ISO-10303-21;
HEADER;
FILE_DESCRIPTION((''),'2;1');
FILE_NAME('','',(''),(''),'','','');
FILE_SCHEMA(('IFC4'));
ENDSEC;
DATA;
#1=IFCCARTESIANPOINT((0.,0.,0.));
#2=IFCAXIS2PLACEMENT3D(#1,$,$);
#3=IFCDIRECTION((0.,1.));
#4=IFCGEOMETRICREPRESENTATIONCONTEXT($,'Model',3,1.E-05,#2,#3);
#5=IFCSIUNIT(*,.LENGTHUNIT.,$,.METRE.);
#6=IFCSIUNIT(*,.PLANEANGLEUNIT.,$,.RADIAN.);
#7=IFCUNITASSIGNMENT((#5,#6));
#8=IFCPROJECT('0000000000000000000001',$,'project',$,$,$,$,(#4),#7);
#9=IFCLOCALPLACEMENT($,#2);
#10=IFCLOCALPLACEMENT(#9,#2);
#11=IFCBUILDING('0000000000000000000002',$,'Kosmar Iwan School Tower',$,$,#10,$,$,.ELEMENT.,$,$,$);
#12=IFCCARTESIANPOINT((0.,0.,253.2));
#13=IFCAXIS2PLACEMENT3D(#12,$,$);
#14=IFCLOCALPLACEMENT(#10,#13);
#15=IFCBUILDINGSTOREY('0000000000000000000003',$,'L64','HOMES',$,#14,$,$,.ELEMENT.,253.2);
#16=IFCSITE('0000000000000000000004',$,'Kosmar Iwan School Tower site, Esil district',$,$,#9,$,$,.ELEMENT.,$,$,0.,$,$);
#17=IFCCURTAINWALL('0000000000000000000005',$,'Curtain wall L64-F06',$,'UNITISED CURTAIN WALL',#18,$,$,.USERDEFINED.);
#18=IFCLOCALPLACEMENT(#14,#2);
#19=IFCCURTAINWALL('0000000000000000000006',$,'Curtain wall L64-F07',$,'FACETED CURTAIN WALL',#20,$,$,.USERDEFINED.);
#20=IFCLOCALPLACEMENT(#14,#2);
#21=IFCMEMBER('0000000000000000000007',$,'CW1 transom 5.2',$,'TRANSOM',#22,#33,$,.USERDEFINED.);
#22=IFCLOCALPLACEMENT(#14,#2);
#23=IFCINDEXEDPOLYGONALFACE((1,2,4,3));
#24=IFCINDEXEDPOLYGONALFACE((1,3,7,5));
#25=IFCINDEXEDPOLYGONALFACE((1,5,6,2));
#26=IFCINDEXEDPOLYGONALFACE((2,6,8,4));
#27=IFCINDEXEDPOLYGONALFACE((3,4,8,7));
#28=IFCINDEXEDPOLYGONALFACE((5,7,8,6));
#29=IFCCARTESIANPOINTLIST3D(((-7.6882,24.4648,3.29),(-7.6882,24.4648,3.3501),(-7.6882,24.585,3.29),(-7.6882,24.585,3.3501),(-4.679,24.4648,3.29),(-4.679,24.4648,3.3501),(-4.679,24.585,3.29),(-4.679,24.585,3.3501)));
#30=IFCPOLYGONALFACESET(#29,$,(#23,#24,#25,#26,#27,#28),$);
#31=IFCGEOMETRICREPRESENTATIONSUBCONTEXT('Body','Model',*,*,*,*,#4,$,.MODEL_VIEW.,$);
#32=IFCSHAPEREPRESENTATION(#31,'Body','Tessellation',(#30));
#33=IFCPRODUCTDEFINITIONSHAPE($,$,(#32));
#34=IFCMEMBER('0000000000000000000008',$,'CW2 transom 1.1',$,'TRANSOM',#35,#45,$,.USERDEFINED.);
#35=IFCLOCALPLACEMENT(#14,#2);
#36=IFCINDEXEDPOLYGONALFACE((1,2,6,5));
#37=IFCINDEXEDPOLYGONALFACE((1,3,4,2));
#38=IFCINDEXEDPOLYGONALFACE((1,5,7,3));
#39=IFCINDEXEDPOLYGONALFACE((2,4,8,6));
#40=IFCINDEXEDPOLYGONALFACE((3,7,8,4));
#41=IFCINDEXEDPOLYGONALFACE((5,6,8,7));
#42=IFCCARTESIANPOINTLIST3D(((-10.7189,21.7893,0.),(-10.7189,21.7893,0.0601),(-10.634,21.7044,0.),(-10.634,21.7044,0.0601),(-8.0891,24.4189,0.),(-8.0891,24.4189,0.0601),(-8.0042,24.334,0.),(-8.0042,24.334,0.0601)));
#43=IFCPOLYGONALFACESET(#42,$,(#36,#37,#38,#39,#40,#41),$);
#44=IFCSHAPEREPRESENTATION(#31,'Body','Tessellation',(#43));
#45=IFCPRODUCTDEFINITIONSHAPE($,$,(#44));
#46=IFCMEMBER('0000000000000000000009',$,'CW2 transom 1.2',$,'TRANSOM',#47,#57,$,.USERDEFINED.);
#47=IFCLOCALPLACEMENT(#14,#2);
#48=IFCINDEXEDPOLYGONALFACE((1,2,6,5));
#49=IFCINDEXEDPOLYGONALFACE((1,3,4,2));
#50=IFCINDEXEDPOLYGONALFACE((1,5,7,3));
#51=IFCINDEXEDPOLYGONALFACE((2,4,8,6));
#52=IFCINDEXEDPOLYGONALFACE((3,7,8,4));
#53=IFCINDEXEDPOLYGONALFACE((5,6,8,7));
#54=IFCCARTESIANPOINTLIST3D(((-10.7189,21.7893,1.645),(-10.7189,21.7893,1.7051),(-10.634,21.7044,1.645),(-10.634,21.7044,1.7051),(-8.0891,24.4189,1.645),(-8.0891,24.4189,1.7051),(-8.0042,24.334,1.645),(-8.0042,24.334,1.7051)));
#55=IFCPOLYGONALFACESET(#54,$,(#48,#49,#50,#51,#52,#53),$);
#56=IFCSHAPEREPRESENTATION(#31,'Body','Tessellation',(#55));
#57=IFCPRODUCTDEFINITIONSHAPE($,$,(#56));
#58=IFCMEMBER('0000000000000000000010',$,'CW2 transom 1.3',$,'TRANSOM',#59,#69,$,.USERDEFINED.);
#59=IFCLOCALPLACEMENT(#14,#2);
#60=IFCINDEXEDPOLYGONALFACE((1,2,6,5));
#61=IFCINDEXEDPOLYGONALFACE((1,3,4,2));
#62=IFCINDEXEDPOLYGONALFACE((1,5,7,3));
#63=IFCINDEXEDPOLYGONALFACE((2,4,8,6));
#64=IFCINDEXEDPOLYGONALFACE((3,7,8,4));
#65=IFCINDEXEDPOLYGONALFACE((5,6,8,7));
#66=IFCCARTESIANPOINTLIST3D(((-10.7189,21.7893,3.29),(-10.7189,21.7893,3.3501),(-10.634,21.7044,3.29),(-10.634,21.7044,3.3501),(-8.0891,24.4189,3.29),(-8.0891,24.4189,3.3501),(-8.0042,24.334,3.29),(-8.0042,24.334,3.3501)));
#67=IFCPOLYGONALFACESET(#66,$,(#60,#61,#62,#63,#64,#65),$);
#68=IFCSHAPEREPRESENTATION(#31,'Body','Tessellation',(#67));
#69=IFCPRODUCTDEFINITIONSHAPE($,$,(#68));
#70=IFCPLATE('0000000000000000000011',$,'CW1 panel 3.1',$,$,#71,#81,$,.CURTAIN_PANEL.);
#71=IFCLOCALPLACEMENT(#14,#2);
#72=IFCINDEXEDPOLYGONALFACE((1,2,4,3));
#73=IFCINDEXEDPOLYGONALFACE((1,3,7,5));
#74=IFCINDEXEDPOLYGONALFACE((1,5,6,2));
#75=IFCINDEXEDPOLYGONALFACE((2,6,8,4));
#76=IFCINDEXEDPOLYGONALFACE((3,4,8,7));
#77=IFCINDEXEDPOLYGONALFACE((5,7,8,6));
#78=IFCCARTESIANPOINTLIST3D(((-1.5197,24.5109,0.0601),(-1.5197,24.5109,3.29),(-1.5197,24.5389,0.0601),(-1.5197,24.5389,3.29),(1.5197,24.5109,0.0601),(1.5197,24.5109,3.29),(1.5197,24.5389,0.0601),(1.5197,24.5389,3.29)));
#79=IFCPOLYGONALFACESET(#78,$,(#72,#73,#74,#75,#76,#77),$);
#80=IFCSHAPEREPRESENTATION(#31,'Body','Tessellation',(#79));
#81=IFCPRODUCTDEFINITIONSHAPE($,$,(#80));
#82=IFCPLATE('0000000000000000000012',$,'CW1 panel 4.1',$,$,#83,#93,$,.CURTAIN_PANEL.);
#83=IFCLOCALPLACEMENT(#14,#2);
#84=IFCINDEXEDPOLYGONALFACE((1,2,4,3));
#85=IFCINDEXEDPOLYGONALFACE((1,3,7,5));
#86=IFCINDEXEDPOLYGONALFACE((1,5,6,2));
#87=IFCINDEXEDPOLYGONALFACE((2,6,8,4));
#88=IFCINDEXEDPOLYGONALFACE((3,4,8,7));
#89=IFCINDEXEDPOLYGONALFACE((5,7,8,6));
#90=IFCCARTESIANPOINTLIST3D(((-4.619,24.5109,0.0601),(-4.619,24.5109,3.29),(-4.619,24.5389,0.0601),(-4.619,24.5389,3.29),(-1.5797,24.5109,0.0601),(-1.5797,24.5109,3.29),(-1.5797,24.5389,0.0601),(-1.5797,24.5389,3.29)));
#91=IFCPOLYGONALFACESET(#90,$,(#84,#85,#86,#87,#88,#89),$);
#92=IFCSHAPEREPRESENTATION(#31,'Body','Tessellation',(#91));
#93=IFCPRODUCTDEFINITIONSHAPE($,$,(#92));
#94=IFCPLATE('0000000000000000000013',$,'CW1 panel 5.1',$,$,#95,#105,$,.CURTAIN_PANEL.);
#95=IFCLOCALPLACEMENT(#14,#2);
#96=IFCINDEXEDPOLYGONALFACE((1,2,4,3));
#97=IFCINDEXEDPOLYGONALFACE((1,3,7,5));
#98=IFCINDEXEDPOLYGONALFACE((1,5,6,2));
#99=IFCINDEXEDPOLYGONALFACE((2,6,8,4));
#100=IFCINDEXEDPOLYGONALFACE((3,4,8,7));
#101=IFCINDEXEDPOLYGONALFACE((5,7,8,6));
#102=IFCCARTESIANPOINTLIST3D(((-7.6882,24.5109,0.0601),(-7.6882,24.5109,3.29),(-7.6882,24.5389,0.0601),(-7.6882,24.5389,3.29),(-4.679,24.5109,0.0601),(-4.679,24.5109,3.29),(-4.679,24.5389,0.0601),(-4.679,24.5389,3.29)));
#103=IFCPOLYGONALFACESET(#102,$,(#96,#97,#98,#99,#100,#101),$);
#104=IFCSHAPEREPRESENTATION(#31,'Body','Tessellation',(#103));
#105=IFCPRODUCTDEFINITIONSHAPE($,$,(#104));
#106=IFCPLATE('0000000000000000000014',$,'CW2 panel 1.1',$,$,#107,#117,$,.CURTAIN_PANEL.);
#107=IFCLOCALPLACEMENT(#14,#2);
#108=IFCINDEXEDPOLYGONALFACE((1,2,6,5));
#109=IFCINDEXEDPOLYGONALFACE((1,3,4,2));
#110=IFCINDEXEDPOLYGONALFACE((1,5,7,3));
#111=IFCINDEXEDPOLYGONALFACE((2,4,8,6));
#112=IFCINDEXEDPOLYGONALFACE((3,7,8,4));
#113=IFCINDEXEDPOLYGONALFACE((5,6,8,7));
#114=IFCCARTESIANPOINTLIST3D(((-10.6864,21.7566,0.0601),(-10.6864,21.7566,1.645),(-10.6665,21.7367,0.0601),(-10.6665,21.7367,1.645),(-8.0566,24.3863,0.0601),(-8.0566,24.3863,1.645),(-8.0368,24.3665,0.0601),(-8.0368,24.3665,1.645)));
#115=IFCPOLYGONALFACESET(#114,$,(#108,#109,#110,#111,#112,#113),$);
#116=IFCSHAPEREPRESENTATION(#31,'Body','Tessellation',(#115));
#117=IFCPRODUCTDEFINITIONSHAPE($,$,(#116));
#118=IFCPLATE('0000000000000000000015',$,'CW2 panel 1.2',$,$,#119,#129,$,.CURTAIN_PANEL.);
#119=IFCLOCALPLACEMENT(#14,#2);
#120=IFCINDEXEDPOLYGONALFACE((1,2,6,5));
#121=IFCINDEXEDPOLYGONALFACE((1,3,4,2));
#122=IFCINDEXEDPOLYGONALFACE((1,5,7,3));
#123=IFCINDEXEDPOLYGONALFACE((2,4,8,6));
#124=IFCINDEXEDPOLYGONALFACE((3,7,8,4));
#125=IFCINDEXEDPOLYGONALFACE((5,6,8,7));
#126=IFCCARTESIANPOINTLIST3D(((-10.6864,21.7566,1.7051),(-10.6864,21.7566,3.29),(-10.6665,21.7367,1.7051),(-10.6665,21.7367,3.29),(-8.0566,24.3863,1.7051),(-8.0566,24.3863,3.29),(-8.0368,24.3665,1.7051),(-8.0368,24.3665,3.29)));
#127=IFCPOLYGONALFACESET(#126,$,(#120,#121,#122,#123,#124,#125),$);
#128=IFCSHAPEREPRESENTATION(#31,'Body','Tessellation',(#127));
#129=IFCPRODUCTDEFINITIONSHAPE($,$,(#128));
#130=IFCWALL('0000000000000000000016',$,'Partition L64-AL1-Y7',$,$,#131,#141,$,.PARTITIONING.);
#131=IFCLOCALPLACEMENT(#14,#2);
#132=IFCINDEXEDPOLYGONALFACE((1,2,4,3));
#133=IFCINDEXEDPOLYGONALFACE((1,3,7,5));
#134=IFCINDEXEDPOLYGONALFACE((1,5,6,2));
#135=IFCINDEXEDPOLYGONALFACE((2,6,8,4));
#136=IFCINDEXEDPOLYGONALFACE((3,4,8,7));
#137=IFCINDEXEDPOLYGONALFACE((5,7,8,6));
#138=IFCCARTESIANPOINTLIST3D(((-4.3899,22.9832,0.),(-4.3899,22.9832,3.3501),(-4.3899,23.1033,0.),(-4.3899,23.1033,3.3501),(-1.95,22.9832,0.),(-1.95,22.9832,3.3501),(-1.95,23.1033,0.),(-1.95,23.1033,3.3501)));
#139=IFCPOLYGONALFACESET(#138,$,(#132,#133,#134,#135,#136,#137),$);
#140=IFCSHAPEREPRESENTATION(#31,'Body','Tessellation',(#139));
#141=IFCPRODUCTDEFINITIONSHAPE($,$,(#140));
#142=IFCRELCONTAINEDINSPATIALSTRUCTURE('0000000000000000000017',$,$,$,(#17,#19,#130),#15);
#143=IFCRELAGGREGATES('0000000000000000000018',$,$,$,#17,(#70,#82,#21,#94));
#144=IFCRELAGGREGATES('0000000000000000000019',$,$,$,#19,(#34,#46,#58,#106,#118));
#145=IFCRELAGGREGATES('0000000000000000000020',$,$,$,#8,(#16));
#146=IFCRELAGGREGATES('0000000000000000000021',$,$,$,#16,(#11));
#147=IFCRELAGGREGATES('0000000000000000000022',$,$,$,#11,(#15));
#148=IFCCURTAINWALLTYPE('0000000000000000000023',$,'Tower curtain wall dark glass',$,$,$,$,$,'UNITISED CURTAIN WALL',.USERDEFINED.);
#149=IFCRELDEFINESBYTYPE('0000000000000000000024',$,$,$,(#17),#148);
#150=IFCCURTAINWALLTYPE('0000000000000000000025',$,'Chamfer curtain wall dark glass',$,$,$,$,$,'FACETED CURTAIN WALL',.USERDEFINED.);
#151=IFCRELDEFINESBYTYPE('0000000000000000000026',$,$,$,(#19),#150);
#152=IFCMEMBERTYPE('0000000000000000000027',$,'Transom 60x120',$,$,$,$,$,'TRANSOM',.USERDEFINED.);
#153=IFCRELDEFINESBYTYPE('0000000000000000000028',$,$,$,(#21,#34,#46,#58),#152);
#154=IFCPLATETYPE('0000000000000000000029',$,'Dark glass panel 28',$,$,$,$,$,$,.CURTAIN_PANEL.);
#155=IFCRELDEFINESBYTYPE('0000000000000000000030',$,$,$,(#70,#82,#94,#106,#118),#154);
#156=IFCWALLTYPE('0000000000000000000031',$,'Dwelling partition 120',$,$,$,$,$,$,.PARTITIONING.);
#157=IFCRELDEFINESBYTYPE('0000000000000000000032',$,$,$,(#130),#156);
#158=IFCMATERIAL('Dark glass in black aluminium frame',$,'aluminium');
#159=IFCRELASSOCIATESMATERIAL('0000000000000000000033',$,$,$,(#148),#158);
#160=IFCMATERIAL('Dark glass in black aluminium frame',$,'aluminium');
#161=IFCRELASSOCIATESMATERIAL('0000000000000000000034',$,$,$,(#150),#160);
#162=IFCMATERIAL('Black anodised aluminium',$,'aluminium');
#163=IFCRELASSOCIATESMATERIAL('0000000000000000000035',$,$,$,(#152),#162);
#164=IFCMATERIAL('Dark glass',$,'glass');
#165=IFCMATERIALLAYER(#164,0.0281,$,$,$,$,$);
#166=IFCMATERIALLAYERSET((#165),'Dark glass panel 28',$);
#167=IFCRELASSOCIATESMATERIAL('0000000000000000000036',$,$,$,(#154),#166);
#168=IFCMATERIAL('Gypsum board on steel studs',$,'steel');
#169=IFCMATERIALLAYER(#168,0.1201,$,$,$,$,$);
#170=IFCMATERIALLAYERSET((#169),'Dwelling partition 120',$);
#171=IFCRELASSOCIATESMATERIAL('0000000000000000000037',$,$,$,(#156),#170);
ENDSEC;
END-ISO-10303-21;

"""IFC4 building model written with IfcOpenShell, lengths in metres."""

from ifc_helpers import new_model, si_unit, direction, frame, frame_2d, origin, origin_2d, place, context, subcontext, project, spatial, rectangle, extrude, material, layer, layer_set, material_profile, profile_set, type_object, element, aggregate, save


model = new_model("IFC4")

# Units and contexts
model_context = context("Model", 3, precision=1e-05, world=origin(), true_north=direction((0.0, 1.0)))
body_context = subcontext(model_context, "Body", "Model", "MODEL_VIEW")
ifc_project = project(units=[si_unit("LENGTHUNIT", "METRE"), si_unit("PLANEANGLEUNIT", "RADIAN")], contexts=[model_context])

# Site, building, storey
site_placement = place(None, origin())
site = spatial("IfcSite", under=ifc_project, at=site_placement, Name="Kosmar Iwan School Tower site, Esil district", CompositionType="ELEMENT", RefElevation=0.0)
building_placement = place(site_placement, origin())
building = spatial("IfcBuilding", under=site, at=building_placement, Name="Kosmar Iwan School Tower", CompositionType="ELEMENT")
storey_placement = place(building_placement, frame((0.0, 0.0, 253.2)))
storey = spatial("IfcBuildingStorey", under=building, at=storey_placement, Name="L64", Description="HOMES", CompositionType="ELEMENT", Elevation=253.2)

# Curtain wall
ifc_material_1 = material(Name="Dark glass in black aluminium frame", Category="aluminium")
curtain_wall_type_1 = type_object("IfcCurtainWallType", Name="Tower curtain wall dark glass", ElementType="UNITISED CURTAIN WALL", PredefinedType="USERDEFINED", material=ifc_material_1)
curtain_wall_1_placement = place(storey_placement, origin())
curtain_wall_1 = element("IfcCurtainWall", 1, at=curtain_wall_1_placement, inside=storey, type_object=curtain_wall_type_1, Name="Curtain wall L64-F06", ObjectType="UNITISED CURTAIN WALL", PredefinedType="USERDEFINED")

# Curtain wall
ifc_material_2 = material(Name="Dark glass in black aluminium frame", Category="aluminium")
curtain_wall_type_2 = type_object("IfcCurtainWallType", Name="Chamfer curtain wall dark glass", ElementType="FACETED CURTAIN WALL", PredefinedType="USERDEFINED", material=ifc_material_2)
curtain_wall_2_placement = place(storey_placement, origin())
curtain_wall_2 = element("IfcCurtainWall", 2, at=curtain_wall_2_placement, inside=storey, type_object=curtain_wall_type_2, Name="Curtain wall L64-F07", ObjectType="FACETED CURTAIN WALL", PredefinedType="USERDEFINED")

# Members
ifc_material_3 = material(Name="Black anodised aluminium", Category="aluminium")
ifc_material_profile_1 = material_profile(ifc_material_3, rectangle(XDim=0.1201, YDim=0.0601, at=origin_2d()), Name="TRANSOM 60x120")
ifc_profile_set_1 = profile_set([ifc_material_profile_1], Name="Black anodised aluminium")
member_type_1 = type_object("IfcMemberType", Name="Transom 60x120", ElementType="TRANSOM", PredefinedType="USERDEFINED", material=ifc_profile_set_1)
member_1_placement = place(storey_placement, frame((-4.679, 24.5249, 3.3201), z_axis=(-1.0, 0.0, 0.0), x_axis=(0.0, -1.0, 0.0)))
member_1 = element("IfcMember", 3, at=member_1_placement, type_object=member_type_1, Name="CW1 transom 5.2", ObjectType="TRANSOM", PredefinedType="USERDEFINED", context=body_context, shape_type="SweptSolid", body=[
    extrude(rectangle(XDim=0.1201, YDim=0.0601, at=origin_2d()), origin(), (0.0, 0.0, 1.0), 3.0093),
])
member_2_placement = place(storey_placement, frame((-8.0466, 24.3765, 0.03), z_axis=(-0.70714, -0.707074, 0.0), x_axis=(0.707074, -0.70714, 0.0)))
member_2 = element("IfcMember", 4, at=member_2_placement, type_object=member_type_1, Name="CW2 transom 1.1", ObjectType="TRANSOM", PredefinedType="USERDEFINED", context=body_context, shape_type="SweptSolid", body=[
    extrude(rectangle(XDim=0.1201, YDim=0.0601, at=origin_2d()), origin(), (0.0, 0.0, 1.0), 3.719),
])
member_3_placement = place(storey_placement, frame((-8.0466, 24.3765, 1.675), z_axis=(-0.70714, -0.707074, 0.0), x_axis=(0.707074, -0.70714, 0.0)))
member_3 = element("IfcMember", 5, at=member_3_placement, type_object=member_type_1, Name="CW2 transom 1.2", ObjectType="TRANSOM", PredefinedType="USERDEFINED", context=body_context, shape_type="SweptSolid", body=[
    extrude(rectangle(XDim=0.1201, YDim=0.0601, at=origin_2d()), origin(), (0.0, 0.0, 1.0), 3.719),
])
member_4_placement = place(storey_placement, frame((-8.0466, 24.3765, 3.3201), z_axis=(-0.70714, -0.707074, 0.0), x_axis=(0.707074, -0.70714, 0.0)))
member_4 = element("IfcMember", 6, at=member_4_placement, type_object=member_type_1, Name="CW2 transom 1.3", ObjectType="TRANSOM", PredefinedType="USERDEFINED", context=body_context, shape_type="SweptSolid", body=[
    extrude(rectangle(XDim=0.1201, YDim=0.0601, at=origin_2d()), origin(), (0.0, 0.0, 1.0), 3.719),
])

# Plates
ifc_material_4 = material(Name="Dark glass", Category="glass")
ifc_layer_1 = layer(ifc_material_4, 0.0281)
ifc_layer_set_1 = layer_set([ifc_layer_1], Name="Dark glass panel 28")
plate_type = type_object("IfcPlateType", Name="Dark glass panel 28", PredefinedType="CURTAIN_PANEL", material=ifc_layer_set_1)
plate_1_placement = place(storey_placement, frame((0.0, 24.5249, 0.0601), z_axis=(0.0, 0.0, 1.0), x_axis=(-1.0, 0.0, 0.0)))
plate_1 = element("IfcPlate", 7, at=plate_1_placement, type_object=plate_type, Name="CW1 panel 3.1", PredefinedType="CURTAIN_PANEL", context=body_context, shape_type="SweptSolid", body=[
    extrude(rectangle(XDim=3.0393, YDim=0.0281, at=origin_2d()), origin(), (0.0, 0.0, 1.0), 3.23),
])
plate_2_placement = place(storey_placement, frame((-3.0994, 24.5249, 0.0601), z_axis=(0.0, 0.0, 1.0), x_axis=(-1.0, 0.0, 0.0)))
plate_2 = element("IfcPlate", 8, at=plate_2_placement, type_object=plate_type, Name="CW1 panel 4.1", PredefinedType="CURTAIN_PANEL", context=body_context, shape_type="SweptSolid", body=[
    extrude(rectangle(XDim=3.0393, YDim=0.0281, at=origin_2d()), origin(), (0.0, 0.0, 1.0), 3.23),
])
plate_3_placement = place(storey_placement, frame((-6.1836, 24.5249, 0.0601), z_axis=(0.0, 0.0, 1.0), x_axis=(-1.0, 0.0, 0.0)))
plate_3 = element("IfcPlate", 9, at=plate_3_placement, type_object=plate_type, Name="CW1 panel 5.1", PredefinedType="CURTAIN_PANEL", context=body_context, shape_type="SweptSolid", body=[
    extrude(rectangle(XDim=3.0093, YDim=0.0281, at=origin_2d()), origin(), (0.0, 0.0, 1.0), 3.23),
])
aggregate(curtain_wall_1, [plate_1, plate_2, member_1, plate_3])
plate_4_placement = place(storey_placement, frame((-9.3616, 23.0615, 0.0601), z_axis=(0.0, 0.0, 1.0), x_axis=(-0.707107, -0.707107, 0.0)))
plate_4 = element("IfcPlate", 10, at=plate_4_placement, type_object=plate_type, Name="CW2 panel 1.1", PredefinedType="CURTAIN_PANEL", context=body_context, shape_type="SweptSolid", body=[
    extrude(rectangle(XDim=3.719, YDim=0.0281, at=origin_2d()), origin(), (0.0, 0.0, 1.0), 1.585),
])
plate_5_placement = place(storey_placement, frame((-9.3616, 23.0615, 1.7051), z_axis=(0.0, 0.0, 1.0), x_axis=(-0.707107, -0.707107, 0.0)))
plate_5 = element("IfcPlate", 11, at=plate_5_placement, type_object=plate_type, Name="CW2 panel 1.2", PredefinedType="CURTAIN_PANEL", context=body_context, shape_type="SweptSolid", body=[
    extrude(rectangle(XDim=3.719, YDim=0.0281, at=origin_2d()), origin(), (0.0, 0.0, 1.0), 1.585),
])
aggregate(curtain_wall_2, [member_2, member_3, member_4, plate_4, plate_5])

# Wall
ifc_material_5 = material(Name="Gypsum board on steel studs", Category="steel")
ifc_layer_2 = layer(ifc_material_5, 0.1201)
ifc_layer_set_2 = layer_set([ifc_layer_2], Name="Dwelling partition 120")
wall_type = type_object("IfcWallType", Name="Dwelling partition 120", PredefinedType="PARTITIONING", material=ifc_layer_set_2)
wall_placement = place(storey_placement, frame((-1.95, 23.0432, 0.0), z_axis=(0.0, 0.0, 1.0), x_axis=(-1.0, 0.0, 0.0)))
element("IfcWall", 12, at=wall_placement, inside=storey, type_object=wall_type, Name="Partition L64-AL1-Y7", PredefinedType="PARTITIONING", context=body_context, shape_type="SweptSolid", body=[
    extrude(rectangle(XDim=2.4399, YDim=0.1201, at=frame_2d((1.22, 0.0))), origin(), (0.0, 0.0, 1.0), 3.3501),
])

save(model, "model.ifc")
